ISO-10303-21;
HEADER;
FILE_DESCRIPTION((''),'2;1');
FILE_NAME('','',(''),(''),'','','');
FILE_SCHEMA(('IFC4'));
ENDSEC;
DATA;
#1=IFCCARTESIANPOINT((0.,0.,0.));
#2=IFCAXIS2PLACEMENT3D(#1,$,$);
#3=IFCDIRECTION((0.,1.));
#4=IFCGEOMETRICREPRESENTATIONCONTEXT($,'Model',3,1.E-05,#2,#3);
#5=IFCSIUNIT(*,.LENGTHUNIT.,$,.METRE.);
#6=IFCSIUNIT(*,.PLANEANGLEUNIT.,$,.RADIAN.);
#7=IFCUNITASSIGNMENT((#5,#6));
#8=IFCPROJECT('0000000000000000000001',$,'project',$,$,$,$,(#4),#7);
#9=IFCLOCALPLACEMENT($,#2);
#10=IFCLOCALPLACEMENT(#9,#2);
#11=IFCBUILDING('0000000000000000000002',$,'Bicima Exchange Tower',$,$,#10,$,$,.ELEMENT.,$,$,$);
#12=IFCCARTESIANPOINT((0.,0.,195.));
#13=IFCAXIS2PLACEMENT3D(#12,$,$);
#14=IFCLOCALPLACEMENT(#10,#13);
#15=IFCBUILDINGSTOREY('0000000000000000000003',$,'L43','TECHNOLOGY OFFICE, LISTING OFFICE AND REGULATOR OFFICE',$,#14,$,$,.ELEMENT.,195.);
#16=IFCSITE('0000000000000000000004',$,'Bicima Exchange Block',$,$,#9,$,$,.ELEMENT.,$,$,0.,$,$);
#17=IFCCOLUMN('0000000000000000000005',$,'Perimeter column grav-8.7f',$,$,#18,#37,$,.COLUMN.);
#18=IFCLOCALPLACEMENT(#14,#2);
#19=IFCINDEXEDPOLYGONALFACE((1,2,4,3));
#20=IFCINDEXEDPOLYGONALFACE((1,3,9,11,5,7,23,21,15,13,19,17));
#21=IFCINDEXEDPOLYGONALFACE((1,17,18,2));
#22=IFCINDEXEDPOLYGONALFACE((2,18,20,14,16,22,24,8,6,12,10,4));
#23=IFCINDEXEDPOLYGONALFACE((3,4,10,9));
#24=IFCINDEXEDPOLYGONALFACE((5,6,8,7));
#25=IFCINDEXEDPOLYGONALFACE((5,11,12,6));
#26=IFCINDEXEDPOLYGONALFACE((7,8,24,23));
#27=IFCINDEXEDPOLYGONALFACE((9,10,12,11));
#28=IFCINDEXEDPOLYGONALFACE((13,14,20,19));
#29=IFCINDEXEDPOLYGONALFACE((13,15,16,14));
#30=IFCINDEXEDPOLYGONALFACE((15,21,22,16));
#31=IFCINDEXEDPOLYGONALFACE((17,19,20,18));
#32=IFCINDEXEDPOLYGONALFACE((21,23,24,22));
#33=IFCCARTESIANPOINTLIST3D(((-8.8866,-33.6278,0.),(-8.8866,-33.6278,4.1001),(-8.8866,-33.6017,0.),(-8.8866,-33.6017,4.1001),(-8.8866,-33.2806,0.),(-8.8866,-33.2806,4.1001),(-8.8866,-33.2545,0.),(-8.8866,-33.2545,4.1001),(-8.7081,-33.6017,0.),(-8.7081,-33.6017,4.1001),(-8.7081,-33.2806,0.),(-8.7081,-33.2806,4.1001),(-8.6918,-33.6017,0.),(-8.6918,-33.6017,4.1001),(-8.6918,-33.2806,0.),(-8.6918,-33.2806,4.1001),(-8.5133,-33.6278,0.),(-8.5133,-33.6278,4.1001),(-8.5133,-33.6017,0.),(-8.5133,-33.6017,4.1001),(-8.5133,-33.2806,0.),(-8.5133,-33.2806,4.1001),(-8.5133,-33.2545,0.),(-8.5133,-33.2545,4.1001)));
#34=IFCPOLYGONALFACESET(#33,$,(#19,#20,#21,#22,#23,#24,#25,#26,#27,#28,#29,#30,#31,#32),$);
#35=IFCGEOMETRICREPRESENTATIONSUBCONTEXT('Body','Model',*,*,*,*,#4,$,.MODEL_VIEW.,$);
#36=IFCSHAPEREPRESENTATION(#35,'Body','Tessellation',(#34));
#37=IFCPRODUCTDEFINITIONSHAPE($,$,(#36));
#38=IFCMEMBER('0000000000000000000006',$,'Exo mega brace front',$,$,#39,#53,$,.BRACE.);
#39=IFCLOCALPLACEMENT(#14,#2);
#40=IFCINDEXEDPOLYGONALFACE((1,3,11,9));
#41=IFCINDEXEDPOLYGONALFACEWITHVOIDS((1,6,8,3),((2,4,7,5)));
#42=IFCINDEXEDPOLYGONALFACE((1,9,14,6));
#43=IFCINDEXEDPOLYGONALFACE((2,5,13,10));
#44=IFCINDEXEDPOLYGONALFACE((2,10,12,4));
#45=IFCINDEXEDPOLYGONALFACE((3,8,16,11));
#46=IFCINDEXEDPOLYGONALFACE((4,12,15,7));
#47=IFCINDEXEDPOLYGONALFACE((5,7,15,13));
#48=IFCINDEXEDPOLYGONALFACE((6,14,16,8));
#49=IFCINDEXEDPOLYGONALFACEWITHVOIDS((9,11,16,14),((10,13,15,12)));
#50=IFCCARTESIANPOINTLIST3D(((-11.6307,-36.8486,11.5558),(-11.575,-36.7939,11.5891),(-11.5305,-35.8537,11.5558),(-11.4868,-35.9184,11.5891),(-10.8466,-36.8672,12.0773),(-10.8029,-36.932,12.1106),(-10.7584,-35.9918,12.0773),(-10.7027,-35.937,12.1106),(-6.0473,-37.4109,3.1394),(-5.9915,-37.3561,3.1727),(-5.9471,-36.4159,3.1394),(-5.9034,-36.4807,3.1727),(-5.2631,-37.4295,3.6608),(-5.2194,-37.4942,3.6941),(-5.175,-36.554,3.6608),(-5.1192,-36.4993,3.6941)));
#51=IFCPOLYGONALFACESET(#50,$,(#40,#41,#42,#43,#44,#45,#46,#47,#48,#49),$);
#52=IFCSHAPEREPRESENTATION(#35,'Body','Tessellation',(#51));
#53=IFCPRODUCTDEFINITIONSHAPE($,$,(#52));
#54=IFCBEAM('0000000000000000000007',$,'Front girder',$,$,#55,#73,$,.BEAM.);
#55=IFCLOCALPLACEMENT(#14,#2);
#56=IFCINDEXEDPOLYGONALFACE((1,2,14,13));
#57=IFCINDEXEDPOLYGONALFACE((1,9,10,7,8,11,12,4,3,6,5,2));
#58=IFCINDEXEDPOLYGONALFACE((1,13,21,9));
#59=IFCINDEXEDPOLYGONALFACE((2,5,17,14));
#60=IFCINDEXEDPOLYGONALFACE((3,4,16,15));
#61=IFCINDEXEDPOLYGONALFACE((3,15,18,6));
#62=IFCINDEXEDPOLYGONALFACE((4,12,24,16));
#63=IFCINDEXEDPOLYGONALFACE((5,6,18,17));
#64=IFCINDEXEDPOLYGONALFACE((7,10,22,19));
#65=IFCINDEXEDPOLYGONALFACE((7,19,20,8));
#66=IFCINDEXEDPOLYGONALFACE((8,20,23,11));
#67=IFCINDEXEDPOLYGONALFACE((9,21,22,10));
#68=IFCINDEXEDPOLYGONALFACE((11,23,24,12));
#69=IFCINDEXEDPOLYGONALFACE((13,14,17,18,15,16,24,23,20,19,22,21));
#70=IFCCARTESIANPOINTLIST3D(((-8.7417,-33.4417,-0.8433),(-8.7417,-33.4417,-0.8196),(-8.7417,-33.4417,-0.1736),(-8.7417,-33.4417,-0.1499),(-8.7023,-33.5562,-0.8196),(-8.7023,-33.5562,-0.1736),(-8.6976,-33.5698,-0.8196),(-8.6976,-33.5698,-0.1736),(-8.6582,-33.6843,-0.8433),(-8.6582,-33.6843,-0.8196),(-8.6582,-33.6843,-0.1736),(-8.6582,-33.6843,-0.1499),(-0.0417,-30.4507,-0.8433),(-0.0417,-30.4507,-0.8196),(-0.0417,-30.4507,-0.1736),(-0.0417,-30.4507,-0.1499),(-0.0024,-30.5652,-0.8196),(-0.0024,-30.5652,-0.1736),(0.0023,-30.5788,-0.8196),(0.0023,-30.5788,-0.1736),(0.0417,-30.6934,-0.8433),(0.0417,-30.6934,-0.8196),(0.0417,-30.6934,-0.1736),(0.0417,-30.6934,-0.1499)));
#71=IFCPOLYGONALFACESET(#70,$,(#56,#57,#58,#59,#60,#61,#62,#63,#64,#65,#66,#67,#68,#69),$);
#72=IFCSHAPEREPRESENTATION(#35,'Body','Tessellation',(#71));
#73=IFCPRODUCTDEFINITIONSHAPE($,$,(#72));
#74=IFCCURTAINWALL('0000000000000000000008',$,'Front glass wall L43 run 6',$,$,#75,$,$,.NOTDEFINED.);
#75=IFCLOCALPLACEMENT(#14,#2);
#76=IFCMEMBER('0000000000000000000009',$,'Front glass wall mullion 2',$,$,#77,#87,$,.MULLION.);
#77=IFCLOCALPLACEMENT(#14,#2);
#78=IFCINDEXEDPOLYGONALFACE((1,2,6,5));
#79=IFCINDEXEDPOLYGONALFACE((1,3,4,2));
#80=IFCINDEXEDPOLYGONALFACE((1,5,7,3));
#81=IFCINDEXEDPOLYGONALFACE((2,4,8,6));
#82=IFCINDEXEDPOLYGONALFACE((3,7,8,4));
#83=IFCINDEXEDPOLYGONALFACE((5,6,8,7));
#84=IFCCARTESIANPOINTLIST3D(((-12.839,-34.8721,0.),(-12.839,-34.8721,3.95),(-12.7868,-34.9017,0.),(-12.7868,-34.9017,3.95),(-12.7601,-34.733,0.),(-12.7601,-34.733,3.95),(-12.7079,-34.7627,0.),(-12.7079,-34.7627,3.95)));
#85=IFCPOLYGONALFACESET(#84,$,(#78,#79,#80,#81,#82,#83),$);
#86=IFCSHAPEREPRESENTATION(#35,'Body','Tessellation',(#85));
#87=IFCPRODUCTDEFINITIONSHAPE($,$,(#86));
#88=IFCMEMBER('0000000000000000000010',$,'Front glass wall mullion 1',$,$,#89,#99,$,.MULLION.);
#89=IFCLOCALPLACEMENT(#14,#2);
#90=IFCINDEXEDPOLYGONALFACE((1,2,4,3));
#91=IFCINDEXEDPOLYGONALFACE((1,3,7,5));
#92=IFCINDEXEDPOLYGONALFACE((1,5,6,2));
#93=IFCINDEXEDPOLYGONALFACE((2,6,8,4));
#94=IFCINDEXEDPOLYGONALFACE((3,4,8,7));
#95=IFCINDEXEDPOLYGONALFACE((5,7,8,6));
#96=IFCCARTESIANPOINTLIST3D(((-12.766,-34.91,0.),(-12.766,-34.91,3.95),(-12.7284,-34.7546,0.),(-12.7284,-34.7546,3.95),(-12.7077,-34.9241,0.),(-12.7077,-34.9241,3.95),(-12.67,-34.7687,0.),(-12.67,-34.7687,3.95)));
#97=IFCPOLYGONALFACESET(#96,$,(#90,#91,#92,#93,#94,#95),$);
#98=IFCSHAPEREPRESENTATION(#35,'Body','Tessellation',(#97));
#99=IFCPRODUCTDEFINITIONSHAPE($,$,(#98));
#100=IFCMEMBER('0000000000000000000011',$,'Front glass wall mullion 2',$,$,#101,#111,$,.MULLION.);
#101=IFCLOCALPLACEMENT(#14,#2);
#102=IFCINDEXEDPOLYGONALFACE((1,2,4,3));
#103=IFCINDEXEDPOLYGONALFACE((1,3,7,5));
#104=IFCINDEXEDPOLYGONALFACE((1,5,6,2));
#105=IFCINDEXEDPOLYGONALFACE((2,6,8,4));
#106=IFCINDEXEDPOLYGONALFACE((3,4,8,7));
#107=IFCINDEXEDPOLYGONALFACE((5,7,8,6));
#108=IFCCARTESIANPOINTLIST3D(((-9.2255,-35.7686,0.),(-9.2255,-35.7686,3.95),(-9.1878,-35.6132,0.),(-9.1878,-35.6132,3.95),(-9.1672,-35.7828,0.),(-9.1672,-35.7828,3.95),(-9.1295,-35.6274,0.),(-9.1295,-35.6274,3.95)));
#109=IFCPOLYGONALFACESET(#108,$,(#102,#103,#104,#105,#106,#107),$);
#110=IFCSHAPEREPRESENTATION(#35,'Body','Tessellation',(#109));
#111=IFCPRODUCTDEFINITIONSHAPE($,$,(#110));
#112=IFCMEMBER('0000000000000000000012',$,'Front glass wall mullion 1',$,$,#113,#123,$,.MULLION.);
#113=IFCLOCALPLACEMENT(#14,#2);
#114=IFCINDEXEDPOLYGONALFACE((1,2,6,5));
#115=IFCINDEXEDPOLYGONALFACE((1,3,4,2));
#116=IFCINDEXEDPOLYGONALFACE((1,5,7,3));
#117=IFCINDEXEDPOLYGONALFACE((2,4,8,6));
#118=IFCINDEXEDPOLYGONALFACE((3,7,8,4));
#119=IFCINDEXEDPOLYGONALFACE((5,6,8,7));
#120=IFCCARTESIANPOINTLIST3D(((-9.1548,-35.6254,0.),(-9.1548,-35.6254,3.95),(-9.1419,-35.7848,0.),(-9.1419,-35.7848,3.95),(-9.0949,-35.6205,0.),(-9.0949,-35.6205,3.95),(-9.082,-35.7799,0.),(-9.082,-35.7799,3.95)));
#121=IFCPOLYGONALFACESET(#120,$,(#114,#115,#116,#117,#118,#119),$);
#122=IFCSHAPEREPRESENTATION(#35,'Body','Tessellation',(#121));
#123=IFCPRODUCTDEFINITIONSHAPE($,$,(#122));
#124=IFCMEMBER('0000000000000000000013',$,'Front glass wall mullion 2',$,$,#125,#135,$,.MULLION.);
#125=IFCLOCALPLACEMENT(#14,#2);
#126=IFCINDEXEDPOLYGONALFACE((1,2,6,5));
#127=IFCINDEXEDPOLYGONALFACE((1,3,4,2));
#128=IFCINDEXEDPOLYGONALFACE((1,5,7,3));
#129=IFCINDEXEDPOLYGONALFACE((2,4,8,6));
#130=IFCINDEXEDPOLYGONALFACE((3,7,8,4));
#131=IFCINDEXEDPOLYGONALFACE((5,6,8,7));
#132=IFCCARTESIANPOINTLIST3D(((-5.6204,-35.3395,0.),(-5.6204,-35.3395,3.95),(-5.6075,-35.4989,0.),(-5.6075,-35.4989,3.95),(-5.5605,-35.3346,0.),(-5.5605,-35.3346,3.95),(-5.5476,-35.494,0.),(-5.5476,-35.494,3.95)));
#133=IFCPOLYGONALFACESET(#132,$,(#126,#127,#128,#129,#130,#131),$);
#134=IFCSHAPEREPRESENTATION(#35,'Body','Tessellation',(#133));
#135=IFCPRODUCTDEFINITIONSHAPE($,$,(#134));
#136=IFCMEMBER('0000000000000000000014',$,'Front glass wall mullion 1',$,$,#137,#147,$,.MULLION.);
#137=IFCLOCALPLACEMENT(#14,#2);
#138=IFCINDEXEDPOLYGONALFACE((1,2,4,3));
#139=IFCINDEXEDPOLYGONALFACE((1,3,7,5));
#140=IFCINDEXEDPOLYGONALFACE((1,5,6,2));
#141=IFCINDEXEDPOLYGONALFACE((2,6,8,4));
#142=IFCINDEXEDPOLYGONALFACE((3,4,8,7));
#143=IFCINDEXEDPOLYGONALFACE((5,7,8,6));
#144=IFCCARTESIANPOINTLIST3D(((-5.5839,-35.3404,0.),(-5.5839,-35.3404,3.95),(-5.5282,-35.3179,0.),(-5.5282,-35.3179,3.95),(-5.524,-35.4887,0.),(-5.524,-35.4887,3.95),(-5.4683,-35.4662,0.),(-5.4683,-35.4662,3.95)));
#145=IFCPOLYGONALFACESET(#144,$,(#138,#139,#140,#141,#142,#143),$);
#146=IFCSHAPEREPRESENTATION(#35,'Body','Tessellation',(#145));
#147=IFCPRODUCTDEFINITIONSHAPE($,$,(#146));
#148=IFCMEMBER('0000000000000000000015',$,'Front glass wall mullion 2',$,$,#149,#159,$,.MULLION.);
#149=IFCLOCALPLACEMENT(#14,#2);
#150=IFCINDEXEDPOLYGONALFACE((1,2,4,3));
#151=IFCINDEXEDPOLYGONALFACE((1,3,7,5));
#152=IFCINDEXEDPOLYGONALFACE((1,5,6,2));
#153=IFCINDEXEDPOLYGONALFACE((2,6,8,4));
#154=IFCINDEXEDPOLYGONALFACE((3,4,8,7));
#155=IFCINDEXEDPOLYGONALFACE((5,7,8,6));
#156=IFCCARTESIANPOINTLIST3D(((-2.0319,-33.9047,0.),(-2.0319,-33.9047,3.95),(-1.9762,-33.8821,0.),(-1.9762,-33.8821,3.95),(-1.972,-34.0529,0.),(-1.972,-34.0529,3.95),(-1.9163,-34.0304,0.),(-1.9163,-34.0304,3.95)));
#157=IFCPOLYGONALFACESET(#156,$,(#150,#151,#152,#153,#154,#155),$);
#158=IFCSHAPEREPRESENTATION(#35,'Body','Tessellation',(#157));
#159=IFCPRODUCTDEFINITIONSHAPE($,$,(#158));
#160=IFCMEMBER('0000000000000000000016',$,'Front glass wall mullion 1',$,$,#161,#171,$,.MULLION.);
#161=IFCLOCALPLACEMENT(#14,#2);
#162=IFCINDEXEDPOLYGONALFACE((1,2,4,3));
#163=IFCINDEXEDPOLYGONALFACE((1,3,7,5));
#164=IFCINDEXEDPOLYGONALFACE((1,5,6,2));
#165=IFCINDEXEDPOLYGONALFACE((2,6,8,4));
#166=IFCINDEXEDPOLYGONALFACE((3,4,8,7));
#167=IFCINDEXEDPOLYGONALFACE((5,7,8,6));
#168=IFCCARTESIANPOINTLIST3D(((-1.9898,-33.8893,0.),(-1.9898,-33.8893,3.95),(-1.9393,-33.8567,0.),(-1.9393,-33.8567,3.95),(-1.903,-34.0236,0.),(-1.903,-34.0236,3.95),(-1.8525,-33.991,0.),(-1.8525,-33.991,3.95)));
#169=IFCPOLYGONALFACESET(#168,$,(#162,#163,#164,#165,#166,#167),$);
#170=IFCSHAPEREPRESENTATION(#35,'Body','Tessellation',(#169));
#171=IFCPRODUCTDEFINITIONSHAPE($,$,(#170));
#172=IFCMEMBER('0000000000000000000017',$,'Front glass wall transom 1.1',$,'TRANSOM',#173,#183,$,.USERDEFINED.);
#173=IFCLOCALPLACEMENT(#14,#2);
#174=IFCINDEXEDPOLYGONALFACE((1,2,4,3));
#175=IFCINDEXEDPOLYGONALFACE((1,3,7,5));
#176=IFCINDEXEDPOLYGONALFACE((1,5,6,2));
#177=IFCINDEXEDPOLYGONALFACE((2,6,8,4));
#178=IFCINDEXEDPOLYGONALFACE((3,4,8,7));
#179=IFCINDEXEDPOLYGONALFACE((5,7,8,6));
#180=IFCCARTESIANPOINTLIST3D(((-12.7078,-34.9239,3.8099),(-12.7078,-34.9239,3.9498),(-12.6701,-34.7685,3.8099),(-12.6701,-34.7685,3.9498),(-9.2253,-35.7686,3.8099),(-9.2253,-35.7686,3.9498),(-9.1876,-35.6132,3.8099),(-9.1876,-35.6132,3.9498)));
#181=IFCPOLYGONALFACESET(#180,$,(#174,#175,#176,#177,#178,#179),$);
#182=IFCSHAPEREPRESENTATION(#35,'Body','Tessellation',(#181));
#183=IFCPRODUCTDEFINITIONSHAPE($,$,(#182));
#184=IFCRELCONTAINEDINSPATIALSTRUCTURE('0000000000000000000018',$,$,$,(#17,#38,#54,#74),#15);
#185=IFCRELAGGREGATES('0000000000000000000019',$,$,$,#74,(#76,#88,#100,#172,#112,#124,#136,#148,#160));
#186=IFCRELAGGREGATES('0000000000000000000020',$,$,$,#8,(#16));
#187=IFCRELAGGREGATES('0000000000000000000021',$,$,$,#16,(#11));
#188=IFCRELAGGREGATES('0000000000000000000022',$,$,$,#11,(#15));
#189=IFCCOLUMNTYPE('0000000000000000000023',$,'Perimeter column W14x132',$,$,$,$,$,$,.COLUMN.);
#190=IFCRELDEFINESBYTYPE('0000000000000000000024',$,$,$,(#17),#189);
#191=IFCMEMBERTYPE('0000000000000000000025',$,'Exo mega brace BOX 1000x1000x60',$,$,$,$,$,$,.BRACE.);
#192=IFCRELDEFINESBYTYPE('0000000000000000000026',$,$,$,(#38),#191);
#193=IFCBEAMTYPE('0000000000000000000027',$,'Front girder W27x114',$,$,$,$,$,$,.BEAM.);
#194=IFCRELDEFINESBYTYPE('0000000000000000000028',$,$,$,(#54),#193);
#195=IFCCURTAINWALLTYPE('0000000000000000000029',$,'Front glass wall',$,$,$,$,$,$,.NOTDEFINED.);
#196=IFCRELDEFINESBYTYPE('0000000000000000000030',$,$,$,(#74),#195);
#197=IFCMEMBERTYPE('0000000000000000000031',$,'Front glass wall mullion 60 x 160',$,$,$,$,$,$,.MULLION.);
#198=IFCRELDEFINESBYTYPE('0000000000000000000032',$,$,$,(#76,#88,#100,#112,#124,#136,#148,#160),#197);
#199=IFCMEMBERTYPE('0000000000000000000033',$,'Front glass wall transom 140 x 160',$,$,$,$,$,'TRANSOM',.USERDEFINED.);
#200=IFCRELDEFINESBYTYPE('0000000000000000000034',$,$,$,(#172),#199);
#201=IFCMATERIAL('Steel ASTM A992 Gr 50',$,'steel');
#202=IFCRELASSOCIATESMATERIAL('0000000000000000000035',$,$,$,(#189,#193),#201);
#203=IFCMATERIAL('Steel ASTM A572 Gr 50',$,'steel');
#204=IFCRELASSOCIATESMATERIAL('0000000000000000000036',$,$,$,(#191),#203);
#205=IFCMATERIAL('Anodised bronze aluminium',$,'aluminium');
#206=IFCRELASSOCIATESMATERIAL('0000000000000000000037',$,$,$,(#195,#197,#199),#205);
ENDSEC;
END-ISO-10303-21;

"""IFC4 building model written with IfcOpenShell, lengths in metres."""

from ifc_helpers import new_model, si_unit, direction, frame, origin, origin_2d, place, context, subcontext, project, spatial, rectangle, hollow_rectangle, i_section, extrude, material, material_profile, profile_set, type_object, element, aggregate, save


model = new_model("IFC4")

# Units and contexts
model_context = context("Model", 3, precision=1e-05, world=origin(), true_north=direction((0.0, 1.0)))
body_context = subcontext(model_context, "Body", "Model", "MODEL_VIEW")
ifc_project = project(units=[si_unit("LENGTHUNIT", "METRE"), si_unit("PLANEANGLEUNIT", "RADIAN")], contexts=[model_context])

# Site, building, storey
site_placement = place(None, origin())
site = spatial("IfcSite", under=ifc_project, at=site_placement, Name="Bicima Exchange Block", CompositionType="ELEMENT", RefElevation=0.0)
building_placement = place(site_placement, origin())
building = spatial("IfcBuilding", under=site, at=building_placement, Name="Bicima Exchange Tower", CompositionType="ELEMENT")
storey_placement = place(building_placement, frame((0.0, 0.0, 195.0)))
storey = spatial("IfcBuildingStorey", under=building, at=storey_placement, Name="L43", Description="TECHNOLOGY OFFICE, LISTING OFFICE AND REGULATOR OFFICE", CompositionType="ELEMENT", Elevation=195.0)

# Column
ifc_material_1 = material(Name="Steel ASTM A992 Gr 50", Category="steel")
ifc_material_profile_1 = material_profile(ifc_material_1, i_section(OverallWidth=0.3733, OverallDepth=0.3733, WebThickness=0.0164, FlangeThickness=0.0261, at=origin_2d()))
ifc_profile_set_1 = profile_set([ifc_material_profile_1], Name="Steel ASTM A992 Gr 50")
column_type = type_object("IfcColumnType", Name="Perimeter column W14x132", PredefinedType="COLUMN", material=ifc_profile_set_1)
column_placement = place(storey_placement, frame((-8.7, -33.4412, 0.0), z_axis=(0.0, 0.0, 1.0), x_axis=(1.0, 0.0, 0.0)))
element("IfcColumn", 1, at=column_placement, inside=storey, type_object=column_type, Name="Perimeter column grav-8.7f", PredefinedType="COLUMN", context=body_context, shape_type="SweptSolid", body=[
    extrude(i_section(OverallWidth=0.3733, OverallDepth=0.3733, WebThickness=0.0164, FlangeThickness=0.0261, at=origin_2d()), origin(), (0.0, 0.0, 1.0), 4.1001),
])

# Member
ifc_material_2 = material(Name="Steel ASTM A572 Gr 50", Category="steel")
ifc_material_profile_2 = material_profile(ifc_material_2, hollow_rectangle(XDim=1.0, YDim=1.0, WallThickness=0.0601, at=origin_2d()))
ifc_profile_set_2 = profile_set([ifc_material_profile_2], Name="Steel ASTM A572 Gr 50")
member_type_1 = type_object("IfcMemberType", Name="Exo mega brace BOX 1000x1000x60", PredefinedType="BRACE", material=ifc_profile_set_2)
member_1_placement = place(storey_placement, frame((-5.5833, -36.9551, 3.4167), z_axis=(-0.551959, 0.055582, 0.832017), x_axis=(-0.100193, -0.994968, 0.0)))
element("IfcMember", 2, at=member_1_placement, inside=storey, type_object=member_type_1, Name="Exo mega brace front", PredefinedType="BRACE", context=body_context, shape_type="SweptSolid", body=[
    extrude(hollow_rectangle(XDim=1.0, YDim=1.0, WallThickness=0.0601, at=origin_2d()), origin(), (0.0, 0.0, 1.0), 10.1157),
])

# Beam
ifc_material_profile_3 = material_profile(ifc_material_1, i_section(OverallWidth=0.2566, OverallDepth=0.6934, WebThickness=0.0144, FlangeThickness=0.0237, at=origin_2d()))
ifc_profile_set_3 = profile_set([ifc_material_profile_3], Name="Steel ASTM A992 Gr 50")
beam_type = type_object("IfcBeamType", Name="Front girder W27x114", PredefinedType="BEAM", material=ifc_profile_set_3)
beam_placement = place(storey_placement, frame((-8.7, -33.563, -0.4966), z_axis=(0.945675, 0.325115, 0.0), x_axis=(-0.325115, 0.945675, 0.0)))
element("IfcBeam", 3, at=beam_placement, inside=storey, type_object=beam_type, Name="Front girder", PredefinedType="BEAM", context=body_context, shape_type="SweptSolid", body=[
    extrude(i_section(OverallWidth=0.2566, OverallDepth=0.6934, WebThickness=0.0144, FlangeThickness=0.0237, at=origin_2d()), origin(), (0.0, 0.0, 1.0), 9.1997),
])

# Curtain wall, members
ifc_material_3 = material(Name="Anodised bronze aluminium", Category="aluminium")
curtain_wall_type = type_object("IfcCurtainWallType", Name="Front glass wall", PredefinedType="NOTDEFINED", material=ifc_material_3)
curtain_wall_placement = place(storey_placement, origin())
curtain_wall = element("IfcCurtainWall", 4, at=curtain_wall_placement, inside=storey, type_object=curtain_wall_type, Name="Front glass wall L43 run 6", PredefinedType="NOTDEFINED")
ifc_material_profile_4 = material_profile(ifc_material_3, rectangle(XDim=0.1599, YDim=0.0601, at=origin_2d()))
ifc_profile_set_4 = profile_set([ifc_material_profile_4], Name="Anodised bronze aluminium")
member_type_2 = type_object("IfcMemberType", Name="Front glass wall mullion 60 x 160", PredefinedType="MULLION", material=ifc_profile_set_4)
member_2_placement = place(storey_placement, frame((-12.7734, -34.8174, 0.0), z_axis=(0.0, 0.0, 1.0), x_axis=(0.493395, 0.869805, 0.0)))
member_2 = element("IfcMember", 5, at=member_2_placement, type_object=member_type_2, Name="Front glass wall mullion 2", PredefinedType="MULLION", context=body_context, shape_type="SweptSolid", body=[
    extrude(rectangle(XDim=0.1599, YDim=0.0601, at=origin_2d()), origin(), (0.0, 0.0, 1.0), 3.95),
])
member_3_placement = place(storey_placement, frame((-12.718, -34.8394, 0.0), z_axis=(0.0, 0.0, 1.0), x_axis=(0.235682, 0.97183, 0.0)))
member_3 = element("IfcMember", 6, at=member_3_placement, type_object=member_type_2, Name="Front glass wall mullion 1", PredefinedType="MULLION", context=body_context, shape_type="SweptSolid", body=[
    extrude(rectangle(XDim=0.1599, YDim=0.0601, at=origin_2d()), origin(), (0.0, 0.0, 1.0), 3.95),
])
member_4_placement = place(storey_placement, frame((-9.1775, -35.698, 0.0), z_axis=(0.0, 0.0, 1.0), x_axis=(0.235682, 0.97183, 0.0)))
member_4 = element("IfcMember", 7, at=member_4_placement, type_object=member_type_2, Name="Front glass wall mullion 2", PredefinedType="MULLION", context=body_context, shape_type="SweptSolid", body=[
    extrude(rectangle(XDim=0.1599, YDim=0.0601, at=origin_2d()), origin(), (0.0, 0.0, 1.0), 3.95),
])
member_5_placement = place(storey_placement, frame((-9.1184, -35.7026, 0.0), z_axis=(0.0, 0.0, 1.0), x_axis=(-0.080589, 0.996747, 0.0)))
member_5 = element("IfcMember", 8, at=member_5_placement, type_object=member_type_2, Name="Front glass wall mullion 1", PredefinedType="MULLION", context=body_context, shape_type="SweptSolid", body=[
    extrude(rectangle(XDim=0.1599, YDim=0.0601, at=origin_2d()), origin(), (0.0, 0.0, 1.0), 3.95),
])
member_6_placement = place(storey_placement, frame((-5.584, -35.4167, 0.0), z_axis=(0.0, 0.0, 1.0), x_axis=(-0.080589, 0.996747, 0.0)))
member_6 = element("IfcMember", 9, at=member_6_placement, type_object=member_type_2, Name="Front glass wall mullion 2", PredefinedType="MULLION", context=body_context, shape_type="SweptSolid", body=[
    extrude(rectangle(XDim=0.1599, YDim=0.0601, at=origin_2d()), origin(), (0.0, 0.0, 1.0), 3.95),
])
member_7_placement = place(storey_placement, frame((-5.5261, -35.4033, 0.0), z_axis=(0.0, 0.0, 1.0), x_axis=(-0.374705, 0.927144, 0.0)))
member_7 = element("IfcMember", 10, at=member_7_placement, type_object=member_type_2, Name="Front glass wall mullion 1", PredefinedType="MULLION", context=body_context, shape_type="SweptSolid", body=[
    extrude(rectangle(XDim=0.1599, YDim=0.0601, at=origin_2d()), origin(), (0.0, 0.0, 1.0), 3.95),
])
member_8_placement = place(storey_placement, frame((-1.9741, -33.9675, 0.0), z_axis=(0.0, 0.0, 1.0), x_axis=(-0.374705, 0.927144, 0.0)))
member_8 = element("IfcMember", 11, at=member_8_placement, type_object=member_type_2, Name="Front glass wall mullion 2", PredefinedType="MULLION", context=body_context, shape_type="SweptSolid", body=[
    extrude(rectangle(XDim=0.1599, YDim=0.0601, at=origin_2d()), origin(), (0.0, 0.0, 1.0), 3.95),
])
member_9_placement = place(storey_placement, frame((-1.9211, -33.9402, 0.0), z_axis=(0.0, 0.0, 1.0), x_axis=(-0.542897, 0.839799, 0.0)))
member_9 = element("IfcMember", 12, at=member_9_placement, type_object=member_type_2, Name="Front glass wall mullion 1", PredefinedType="MULLION", context=body_context, shape_type="SweptSolid", body=[
    extrude(rectangle(XDim=0.1599, YDim=0.0601, at=origin_2d()), origin(), (0.0, 0.0, 1.0), 3.95),
])
ifc_material_profile_5 = material_profile(ifc_material_3, rectangle(XDim=0.1599, YDim=0.1399, at=origin_2d()))
ifc_profile_set_5 = profile_set([ifc_material_profile_5], Name="Anodised bronze aluminium")
member_type_3 = type_object("IfcMemberType", Name="Front glass wall transom 140 x 160", ElementType="TRANSOM", PredefinedType="USERDEFINED", material=ifc_profile_set_5)
member_10_placement = place(storey_placement, frame((-12.689, -34.8462, 3.8799), z_axis=(0.971818, -0.235733, 0.0), x_axis=(0.235733, 0.971818, 0.0)))
member_10 = element("IfcMember", 13, at=member_10_placement, type_object=member_type_3, Name="Front glass wall transom 1.1", ObjectType="TRANSOM", PredefinedType="USERDEFINED", context=body_context, shape_type="SweptSolid", body=[
    extrude(rectangle(XDim=0.1599, YDim=0.1399, at=origin_2d()), origin(), (0.0, 0.0, 1.0), 3.5835),
])
aggregate(curtain_wall, [member_2, member_3, member_4, member_10, member_5, member_6, member_7, member_8, member_9])

save(model, "model.ifc")
